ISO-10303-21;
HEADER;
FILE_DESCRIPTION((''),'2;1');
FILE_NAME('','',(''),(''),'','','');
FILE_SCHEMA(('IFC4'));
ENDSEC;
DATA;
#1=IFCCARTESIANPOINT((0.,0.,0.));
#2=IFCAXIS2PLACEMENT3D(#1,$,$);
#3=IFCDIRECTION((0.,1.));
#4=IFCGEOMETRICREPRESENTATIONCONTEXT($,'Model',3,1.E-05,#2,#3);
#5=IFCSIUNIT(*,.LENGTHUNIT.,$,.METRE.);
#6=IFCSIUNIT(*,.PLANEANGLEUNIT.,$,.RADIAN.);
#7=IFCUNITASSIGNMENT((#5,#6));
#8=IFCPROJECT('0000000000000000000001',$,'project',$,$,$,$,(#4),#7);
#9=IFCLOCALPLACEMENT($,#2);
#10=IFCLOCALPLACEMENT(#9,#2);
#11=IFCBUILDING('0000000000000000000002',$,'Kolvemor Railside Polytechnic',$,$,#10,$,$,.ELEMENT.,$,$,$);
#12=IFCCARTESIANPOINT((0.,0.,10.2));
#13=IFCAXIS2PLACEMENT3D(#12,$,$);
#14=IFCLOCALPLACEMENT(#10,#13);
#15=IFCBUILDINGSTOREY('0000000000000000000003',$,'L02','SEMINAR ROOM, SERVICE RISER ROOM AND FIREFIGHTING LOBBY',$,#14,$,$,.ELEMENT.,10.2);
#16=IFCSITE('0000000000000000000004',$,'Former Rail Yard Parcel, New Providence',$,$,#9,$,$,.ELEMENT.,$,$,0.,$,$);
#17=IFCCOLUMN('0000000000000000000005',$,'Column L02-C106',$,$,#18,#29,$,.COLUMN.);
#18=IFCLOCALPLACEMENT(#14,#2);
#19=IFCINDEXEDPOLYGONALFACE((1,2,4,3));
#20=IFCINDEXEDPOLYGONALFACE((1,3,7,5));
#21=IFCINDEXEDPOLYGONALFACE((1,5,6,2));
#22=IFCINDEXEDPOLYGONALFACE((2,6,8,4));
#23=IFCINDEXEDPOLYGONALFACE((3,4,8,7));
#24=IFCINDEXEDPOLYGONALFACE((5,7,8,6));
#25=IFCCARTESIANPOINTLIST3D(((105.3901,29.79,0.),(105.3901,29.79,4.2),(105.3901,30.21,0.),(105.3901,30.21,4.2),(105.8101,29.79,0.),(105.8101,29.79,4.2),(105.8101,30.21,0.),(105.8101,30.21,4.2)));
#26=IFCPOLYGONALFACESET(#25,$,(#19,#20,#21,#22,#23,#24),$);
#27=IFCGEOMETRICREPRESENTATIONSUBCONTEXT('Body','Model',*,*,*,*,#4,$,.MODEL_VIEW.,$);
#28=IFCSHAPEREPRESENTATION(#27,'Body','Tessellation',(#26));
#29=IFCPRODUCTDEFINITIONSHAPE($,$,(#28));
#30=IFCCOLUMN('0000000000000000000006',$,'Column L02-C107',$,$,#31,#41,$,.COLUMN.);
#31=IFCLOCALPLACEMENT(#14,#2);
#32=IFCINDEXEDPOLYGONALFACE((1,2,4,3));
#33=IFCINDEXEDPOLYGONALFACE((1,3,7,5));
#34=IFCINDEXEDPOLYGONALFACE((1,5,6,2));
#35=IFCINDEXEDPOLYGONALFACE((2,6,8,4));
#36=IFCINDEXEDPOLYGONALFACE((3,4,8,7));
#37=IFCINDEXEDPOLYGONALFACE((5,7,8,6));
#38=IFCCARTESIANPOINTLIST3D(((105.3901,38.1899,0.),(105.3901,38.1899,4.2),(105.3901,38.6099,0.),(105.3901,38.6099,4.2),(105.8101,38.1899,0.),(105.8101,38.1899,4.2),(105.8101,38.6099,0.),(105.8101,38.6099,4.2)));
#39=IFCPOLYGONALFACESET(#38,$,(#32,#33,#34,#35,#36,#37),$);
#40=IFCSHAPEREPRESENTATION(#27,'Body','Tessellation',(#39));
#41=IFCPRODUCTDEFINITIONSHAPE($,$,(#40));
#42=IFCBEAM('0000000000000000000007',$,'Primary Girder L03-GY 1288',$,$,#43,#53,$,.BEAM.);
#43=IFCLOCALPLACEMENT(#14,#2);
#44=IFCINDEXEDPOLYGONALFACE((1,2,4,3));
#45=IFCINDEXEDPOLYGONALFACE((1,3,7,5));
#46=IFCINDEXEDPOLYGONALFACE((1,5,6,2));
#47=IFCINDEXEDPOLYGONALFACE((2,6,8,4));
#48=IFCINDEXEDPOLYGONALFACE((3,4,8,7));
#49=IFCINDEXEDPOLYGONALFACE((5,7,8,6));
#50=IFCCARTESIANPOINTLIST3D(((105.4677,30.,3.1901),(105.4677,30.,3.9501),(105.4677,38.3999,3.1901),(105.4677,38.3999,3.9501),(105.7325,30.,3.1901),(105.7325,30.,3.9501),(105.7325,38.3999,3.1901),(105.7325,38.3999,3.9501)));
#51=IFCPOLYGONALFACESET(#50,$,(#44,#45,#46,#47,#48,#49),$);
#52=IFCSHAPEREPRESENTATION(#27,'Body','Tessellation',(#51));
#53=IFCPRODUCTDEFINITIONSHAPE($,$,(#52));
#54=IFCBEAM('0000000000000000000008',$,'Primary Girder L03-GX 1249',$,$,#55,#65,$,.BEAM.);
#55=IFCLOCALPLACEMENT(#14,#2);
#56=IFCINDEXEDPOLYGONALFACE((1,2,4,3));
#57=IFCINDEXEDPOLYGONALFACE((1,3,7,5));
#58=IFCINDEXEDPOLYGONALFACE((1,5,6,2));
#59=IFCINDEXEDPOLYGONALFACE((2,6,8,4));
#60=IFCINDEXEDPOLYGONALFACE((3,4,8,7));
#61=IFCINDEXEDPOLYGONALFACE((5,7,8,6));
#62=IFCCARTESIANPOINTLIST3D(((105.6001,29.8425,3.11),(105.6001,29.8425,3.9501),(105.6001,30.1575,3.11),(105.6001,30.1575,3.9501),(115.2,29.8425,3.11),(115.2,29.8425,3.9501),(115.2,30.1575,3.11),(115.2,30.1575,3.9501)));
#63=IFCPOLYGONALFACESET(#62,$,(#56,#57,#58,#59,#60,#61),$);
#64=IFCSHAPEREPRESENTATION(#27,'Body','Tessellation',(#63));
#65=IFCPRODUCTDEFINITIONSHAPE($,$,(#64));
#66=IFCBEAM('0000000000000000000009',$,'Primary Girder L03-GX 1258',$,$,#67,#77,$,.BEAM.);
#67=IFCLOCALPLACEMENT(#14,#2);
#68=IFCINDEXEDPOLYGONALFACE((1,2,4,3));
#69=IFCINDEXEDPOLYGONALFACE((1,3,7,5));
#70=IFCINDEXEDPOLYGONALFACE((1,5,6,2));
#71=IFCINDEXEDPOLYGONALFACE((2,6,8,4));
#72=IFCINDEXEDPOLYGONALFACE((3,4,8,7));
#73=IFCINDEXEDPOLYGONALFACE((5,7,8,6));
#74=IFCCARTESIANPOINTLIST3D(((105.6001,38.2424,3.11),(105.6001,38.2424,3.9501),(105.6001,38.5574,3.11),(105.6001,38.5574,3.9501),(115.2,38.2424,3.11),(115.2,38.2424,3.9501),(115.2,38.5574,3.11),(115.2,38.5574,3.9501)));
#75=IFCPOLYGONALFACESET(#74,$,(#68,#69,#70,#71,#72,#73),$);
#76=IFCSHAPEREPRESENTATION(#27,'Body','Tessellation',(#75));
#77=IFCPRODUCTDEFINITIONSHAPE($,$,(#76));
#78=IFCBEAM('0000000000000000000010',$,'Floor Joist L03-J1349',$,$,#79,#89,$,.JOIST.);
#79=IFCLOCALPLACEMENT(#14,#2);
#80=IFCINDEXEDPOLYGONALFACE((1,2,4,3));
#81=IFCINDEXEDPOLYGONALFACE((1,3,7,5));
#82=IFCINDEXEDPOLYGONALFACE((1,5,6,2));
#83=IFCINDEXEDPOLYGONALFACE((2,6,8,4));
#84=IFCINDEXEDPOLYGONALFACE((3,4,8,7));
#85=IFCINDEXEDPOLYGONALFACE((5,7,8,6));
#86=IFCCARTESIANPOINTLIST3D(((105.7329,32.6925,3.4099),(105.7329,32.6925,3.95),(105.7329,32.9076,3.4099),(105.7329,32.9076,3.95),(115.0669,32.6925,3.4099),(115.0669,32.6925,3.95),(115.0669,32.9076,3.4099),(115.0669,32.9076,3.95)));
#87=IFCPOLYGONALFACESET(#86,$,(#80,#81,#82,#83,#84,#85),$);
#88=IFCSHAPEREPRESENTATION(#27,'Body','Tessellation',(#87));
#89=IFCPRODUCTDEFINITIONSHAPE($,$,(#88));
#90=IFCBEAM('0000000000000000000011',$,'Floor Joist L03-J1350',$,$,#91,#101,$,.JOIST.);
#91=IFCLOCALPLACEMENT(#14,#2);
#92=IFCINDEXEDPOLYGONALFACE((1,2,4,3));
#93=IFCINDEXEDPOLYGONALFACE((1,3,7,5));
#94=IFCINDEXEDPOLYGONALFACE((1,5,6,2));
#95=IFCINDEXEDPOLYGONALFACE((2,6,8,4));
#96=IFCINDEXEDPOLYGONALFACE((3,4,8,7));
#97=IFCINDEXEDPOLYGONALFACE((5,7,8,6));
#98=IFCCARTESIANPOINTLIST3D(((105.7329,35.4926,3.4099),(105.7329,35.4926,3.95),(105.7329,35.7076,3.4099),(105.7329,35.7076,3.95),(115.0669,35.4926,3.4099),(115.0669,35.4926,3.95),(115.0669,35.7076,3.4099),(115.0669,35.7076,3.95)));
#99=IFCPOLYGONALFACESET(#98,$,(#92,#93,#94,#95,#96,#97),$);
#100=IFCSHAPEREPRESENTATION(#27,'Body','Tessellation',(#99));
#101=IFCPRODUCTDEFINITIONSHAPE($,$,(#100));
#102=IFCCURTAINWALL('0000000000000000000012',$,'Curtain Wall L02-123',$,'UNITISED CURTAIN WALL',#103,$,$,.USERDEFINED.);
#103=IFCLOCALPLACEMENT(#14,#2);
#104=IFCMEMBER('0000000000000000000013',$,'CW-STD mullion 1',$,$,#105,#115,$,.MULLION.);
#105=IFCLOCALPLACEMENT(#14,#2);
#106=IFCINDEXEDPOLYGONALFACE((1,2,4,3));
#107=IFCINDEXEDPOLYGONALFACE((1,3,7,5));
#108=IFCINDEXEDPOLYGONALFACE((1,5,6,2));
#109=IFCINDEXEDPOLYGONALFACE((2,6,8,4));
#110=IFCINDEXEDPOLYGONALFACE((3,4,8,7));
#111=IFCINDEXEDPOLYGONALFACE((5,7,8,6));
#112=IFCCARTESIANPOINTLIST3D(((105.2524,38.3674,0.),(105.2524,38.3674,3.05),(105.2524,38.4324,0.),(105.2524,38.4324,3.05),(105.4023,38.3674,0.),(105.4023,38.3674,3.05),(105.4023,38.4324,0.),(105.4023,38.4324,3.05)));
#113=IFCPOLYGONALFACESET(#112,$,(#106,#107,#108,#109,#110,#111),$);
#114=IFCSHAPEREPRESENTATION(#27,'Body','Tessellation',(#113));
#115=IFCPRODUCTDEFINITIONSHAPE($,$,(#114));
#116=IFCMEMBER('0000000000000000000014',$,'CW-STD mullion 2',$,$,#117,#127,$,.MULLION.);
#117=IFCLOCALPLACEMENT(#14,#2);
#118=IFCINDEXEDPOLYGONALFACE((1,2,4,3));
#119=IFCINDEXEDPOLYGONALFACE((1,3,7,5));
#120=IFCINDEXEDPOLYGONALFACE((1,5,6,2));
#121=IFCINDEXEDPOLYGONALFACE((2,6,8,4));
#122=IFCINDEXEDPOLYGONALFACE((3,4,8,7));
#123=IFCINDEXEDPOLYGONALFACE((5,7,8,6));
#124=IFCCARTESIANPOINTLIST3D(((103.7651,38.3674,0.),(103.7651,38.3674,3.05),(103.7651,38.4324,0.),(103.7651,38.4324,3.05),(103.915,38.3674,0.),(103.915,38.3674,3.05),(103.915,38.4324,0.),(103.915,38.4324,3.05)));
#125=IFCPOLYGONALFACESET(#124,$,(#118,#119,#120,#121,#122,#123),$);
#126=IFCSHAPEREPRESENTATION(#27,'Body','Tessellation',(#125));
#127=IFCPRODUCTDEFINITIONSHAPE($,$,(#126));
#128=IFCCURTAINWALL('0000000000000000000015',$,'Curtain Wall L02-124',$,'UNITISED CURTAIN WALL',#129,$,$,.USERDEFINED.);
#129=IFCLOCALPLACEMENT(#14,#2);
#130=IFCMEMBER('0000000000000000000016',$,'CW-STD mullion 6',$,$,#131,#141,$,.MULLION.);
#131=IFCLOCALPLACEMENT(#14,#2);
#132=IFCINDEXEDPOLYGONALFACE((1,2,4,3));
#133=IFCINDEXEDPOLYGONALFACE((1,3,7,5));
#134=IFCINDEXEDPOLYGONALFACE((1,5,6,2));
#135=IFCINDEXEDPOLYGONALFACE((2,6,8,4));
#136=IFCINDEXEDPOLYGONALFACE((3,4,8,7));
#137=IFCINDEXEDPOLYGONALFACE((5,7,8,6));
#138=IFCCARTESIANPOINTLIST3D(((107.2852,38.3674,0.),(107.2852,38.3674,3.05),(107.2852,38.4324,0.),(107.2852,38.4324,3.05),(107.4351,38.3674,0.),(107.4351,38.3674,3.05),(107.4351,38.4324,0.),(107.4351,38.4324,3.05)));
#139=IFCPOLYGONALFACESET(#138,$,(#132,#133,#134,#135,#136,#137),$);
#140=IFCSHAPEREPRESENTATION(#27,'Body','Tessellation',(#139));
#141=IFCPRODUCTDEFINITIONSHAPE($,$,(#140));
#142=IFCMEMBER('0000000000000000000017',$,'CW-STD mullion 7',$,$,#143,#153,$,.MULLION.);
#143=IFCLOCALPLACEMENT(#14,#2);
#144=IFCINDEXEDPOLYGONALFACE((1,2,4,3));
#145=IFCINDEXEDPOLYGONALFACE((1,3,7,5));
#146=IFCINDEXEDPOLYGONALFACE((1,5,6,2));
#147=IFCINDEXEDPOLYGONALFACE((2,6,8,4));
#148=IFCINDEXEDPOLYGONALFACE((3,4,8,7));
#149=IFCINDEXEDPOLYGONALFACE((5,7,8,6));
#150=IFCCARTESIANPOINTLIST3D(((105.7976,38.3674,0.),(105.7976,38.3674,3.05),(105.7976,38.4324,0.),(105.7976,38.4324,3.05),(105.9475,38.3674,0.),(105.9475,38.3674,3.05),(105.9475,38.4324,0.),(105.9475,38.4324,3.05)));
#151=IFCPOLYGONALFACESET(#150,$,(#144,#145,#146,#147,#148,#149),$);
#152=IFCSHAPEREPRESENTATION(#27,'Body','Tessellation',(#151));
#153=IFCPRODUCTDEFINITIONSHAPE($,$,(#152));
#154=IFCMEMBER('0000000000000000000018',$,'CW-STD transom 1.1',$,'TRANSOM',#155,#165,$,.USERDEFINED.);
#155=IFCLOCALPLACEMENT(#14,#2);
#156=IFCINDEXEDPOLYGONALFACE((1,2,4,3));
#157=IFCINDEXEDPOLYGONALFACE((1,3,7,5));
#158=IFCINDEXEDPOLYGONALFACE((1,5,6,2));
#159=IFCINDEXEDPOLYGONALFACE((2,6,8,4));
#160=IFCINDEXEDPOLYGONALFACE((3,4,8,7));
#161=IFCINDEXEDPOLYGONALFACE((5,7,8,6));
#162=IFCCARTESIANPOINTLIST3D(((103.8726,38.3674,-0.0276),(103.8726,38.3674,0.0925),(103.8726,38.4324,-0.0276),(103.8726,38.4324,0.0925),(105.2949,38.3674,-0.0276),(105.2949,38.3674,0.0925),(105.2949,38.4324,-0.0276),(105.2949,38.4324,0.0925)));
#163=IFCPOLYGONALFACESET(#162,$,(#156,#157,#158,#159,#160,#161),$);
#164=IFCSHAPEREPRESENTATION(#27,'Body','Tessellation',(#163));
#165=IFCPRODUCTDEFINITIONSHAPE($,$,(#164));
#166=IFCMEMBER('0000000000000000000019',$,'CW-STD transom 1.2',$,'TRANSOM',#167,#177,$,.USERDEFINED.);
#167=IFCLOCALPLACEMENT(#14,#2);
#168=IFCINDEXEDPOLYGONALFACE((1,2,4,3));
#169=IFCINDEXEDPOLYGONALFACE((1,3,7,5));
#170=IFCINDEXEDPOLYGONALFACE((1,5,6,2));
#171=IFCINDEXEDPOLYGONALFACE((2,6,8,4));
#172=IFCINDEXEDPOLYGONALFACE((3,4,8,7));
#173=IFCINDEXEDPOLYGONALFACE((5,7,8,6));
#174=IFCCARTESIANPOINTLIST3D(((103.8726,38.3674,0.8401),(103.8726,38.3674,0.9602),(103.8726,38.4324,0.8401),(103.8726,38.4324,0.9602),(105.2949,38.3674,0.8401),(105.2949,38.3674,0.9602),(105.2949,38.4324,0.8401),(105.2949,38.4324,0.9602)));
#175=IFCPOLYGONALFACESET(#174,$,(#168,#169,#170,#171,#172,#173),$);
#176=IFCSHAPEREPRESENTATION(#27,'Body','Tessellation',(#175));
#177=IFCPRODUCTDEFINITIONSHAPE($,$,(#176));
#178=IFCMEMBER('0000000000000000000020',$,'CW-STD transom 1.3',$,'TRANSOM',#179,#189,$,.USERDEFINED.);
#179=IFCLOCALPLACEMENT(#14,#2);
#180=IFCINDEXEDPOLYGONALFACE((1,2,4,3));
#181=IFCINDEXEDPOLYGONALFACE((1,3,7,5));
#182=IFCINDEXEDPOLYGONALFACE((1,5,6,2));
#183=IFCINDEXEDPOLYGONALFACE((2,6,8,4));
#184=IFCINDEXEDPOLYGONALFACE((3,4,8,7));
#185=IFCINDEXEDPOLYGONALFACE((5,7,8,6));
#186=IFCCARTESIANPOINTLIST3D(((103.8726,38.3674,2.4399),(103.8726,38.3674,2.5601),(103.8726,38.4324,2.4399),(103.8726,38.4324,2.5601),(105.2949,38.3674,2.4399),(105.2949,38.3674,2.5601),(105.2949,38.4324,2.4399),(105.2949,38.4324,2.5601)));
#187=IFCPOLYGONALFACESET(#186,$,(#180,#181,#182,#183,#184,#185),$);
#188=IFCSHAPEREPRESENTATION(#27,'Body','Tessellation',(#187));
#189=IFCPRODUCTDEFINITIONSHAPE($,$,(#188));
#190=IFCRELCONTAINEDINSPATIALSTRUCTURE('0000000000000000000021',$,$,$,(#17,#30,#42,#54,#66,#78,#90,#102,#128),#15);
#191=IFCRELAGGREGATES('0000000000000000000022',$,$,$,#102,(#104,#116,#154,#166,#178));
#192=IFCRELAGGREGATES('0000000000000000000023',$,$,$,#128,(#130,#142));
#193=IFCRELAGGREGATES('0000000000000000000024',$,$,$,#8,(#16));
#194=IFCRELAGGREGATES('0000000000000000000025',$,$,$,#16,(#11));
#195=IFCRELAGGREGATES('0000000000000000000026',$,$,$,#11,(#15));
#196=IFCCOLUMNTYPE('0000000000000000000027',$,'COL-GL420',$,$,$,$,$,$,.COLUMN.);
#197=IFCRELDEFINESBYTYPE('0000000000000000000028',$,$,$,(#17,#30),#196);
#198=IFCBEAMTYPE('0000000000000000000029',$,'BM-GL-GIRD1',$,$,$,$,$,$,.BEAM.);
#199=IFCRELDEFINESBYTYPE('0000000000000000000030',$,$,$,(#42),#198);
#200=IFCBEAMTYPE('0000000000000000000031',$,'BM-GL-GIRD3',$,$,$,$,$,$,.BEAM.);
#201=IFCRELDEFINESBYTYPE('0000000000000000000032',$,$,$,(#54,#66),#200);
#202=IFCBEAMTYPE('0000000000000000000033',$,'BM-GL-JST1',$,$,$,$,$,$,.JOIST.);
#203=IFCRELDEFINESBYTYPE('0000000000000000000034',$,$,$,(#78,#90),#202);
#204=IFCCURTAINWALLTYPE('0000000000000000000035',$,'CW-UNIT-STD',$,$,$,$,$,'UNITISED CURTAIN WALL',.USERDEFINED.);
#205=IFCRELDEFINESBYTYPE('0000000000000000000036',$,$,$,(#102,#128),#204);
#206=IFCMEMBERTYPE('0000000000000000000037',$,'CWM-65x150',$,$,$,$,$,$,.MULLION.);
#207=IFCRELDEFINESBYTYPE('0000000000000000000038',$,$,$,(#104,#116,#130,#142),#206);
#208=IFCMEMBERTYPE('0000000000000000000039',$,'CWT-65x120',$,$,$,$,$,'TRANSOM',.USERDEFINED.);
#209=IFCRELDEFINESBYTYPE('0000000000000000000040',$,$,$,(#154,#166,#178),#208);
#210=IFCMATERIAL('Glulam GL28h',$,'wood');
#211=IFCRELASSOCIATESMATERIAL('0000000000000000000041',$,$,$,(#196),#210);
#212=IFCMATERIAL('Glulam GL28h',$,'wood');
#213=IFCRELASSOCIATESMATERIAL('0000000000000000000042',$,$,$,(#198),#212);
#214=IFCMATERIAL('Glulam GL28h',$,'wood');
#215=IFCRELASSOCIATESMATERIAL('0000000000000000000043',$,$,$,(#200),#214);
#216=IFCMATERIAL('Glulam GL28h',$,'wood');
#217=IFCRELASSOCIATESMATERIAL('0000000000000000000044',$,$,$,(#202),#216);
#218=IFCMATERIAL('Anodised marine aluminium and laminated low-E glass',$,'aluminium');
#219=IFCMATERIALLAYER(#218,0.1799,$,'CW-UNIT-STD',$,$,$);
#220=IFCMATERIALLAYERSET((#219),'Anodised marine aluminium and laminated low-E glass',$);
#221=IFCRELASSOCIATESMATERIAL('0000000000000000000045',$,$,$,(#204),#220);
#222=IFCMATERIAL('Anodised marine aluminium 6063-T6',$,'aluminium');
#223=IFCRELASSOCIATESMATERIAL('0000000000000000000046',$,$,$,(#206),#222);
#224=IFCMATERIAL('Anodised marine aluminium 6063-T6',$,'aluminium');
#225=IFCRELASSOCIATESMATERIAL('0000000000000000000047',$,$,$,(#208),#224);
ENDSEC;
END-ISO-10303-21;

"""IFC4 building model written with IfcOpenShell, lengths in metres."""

from ifc_helpers import new_model, si_unit, direction, frame, origin, origin_2d, place, context, subcontext, project, spatial, rectangle, extrude, material, layer, layer_set, material_profile, profile_set, type_object, element, aggregate, save


model = new_model("IFC4")

# Units and contexts
model_context = context("Model", 3, precision=1e-05, world=origin(), true_north=direction((0.0, 1.0)))
body_context = subcontext(model_context, "Body", "Model", "MODEL_VIEW")
ifc_project = project(units=[si_unit("LENGTHUNIT", "METRE"), si_unit("PLANEANGLEUNIT", "RADIAN")], contexts=[model_context])

# Site, building, storey
site_placement = place(None, origin())
site = spatial("IfcSite", under=ifc_project, at=site_placement, Name="Former Rail Yard Parcel, New Providence", CompositionType="ELEMENT", RefElevation=0.0)
building_placement = place(site_placement, origin())
building = spatial("IfcBuilding", under=site, at=building_placement, Name="Kolvemor Railside Polytechnic", CompositionType="ELEMENT")
storey_placement = place(building_placement, frame((0.0, 0.0, 10.2)))
storey = spatial("IfcBuildingStorey", under=building, at=storey_placement, Name="L02", Description="SEMINAR ROOM, SERVICE RISER ROOM AND FIREFIGHTING LOBBY", CompositionType="ELEMENT", Elevation=10.2)

# Columns
ifc_material_1 = material(Name="Glulam GL28h", Category="wood")
ifc_material_profile_1 = material_profile(ifc_material_1, rectangle(XDim=0.4199, YDim=0.4199, at=origin_2d()), Name="GL420x420")
ifc_profile_set_1 = profile_set([ifc_material_profile_1], Name="Glulam GL28h")
column_type = type_object("IfcColumnType", Name="COL-GL420", PredefinedType="COLUMN", material=ifc_profile_set_1)
for number, where, z_axis, x_axis, name in (
    (1, (105.6001, 30.0, 0.0), (0.0, 0.0, 1.0), (1.0, 0.0, 0.0), "Column L02-C106"),
    (2, (105.6001, 38.3999, 0.0), (0.0, 0.0, 1.0), (1.0, 0.0, 0.0), "Column L02-C107"),
):
    element("IfcColumn", number, at=place(storey_placement, frame(where, z_axis=z_axis, x_axis=x_axis)), inside=storey, type_object=column_type, Name=name, PredefinedType="COLUMN", context=body_context, shape_type="SweptSolid", body=[
        extrude(rectangle(XDim=0.4199, YDim=0.4199, at=origin_2d()), origin(), (0.0, 0.0, 1.0), 4.2),
    ])

# Beams
ifc_material_2 = material(Name="Glulam GL28h", Category="wood")
ifc_material_profile_2 = material_profile(ifc_material_2, rectangle(XDim=0.2649, YDim=0.76, at=origin_2d()), Name="GL265x760")
ifc_profile_set_2 = profile_set([ifc_material_profile_2], Name="Glulam GL28h")
beam_type_1 = type_object("IfcBeamType", Name="BM-GL-GIRD1", PredefinedType="BEAM", material=ifc_profile_set_2)
beam_placement = place(storey_placement, frame((105.6001, 30.0, 3.5701), z_axis=(0.0, 1.0, 0.0), x_axis=(-1.0, 0.0, 0.0)))
element("IfcBeam", 3, at=beam_placement, inside=storey, type_object=beam_type_1, Name="Primary Girder L03-GY 1288", PredefinedType="BEAM", context=body_context, shape_type="SweptSolid", body=[
    extrude(rectangle(XDim=0.2649, YDim=0.76, at=origin_2d()), origin(), (0.0, 0.0, 1.0), 8.3999),
])
ifc_material_3 = material(Name="Glulam GL28h", Category="wood")
ifc_material_profile_3 = material_profile(ifc_material_3, rectangle(XDim=0.3149, YDim=0.8401, at=origin_2d()), Name="GL315x840")
ifc_profile_set_3 = profile_set([ifc_material_profile_3], Name="Glulam GL28h")
beam_type_2 = type_object("IfcBeamType", Name="BM-GL-GIRD3", PredefinedType="BEAM", material=ifc_profile_set_3)
for number, where, z_axis, x_axis, name in (
    (4, (105.6001, 30.0, 3.53), (1.0, 0.0, 0.0), (0.0, 1.0, 0.0), "Primary Girder L03-GX 1249"),
    (5, (105.6001, 38.3999, 3.53), (1.0, 0.0, 0.0), (0.0, 1.0, 0.0), "Primary Girder L03-GX 1258"),
):
    element("IfcBeam", number, at=place(storey_placement, frame(where, z_axis=z_axis, x_axis=x_axis)), inside=storey, type_object=beam_type_2, Name=name, PredefinedType="BEAM", context=body_context, shape_type="SweptSolid", body=[
        extrude(rectangle(XDim=0.3149, YDim=0.8401, at=origin_2d()), origin(), (0.0, 0.0, 1.0), 9.5999),
    ])
ifc_material_4 = material(Name="Glulam GL28h", Category="wood")
ifc_material_profile_4 = material_profile(ifc_material_4, rectangle(XDim=0.2151, YDim=0.54, at=origin_2d()), Name="GL215x540")
ifc_profile_set_4 = profile_set([ifc_material_profile_4], Name="Glulam GL28h")
beam_type_3 = type_object("IfcBeamType", Name="BM-GL-JST1", PredefinedType="JOIST", material=ifc_profile_set_4)
for number, where, z_axis, x_axis, name in (
    (6, (105.7329, 32.8, 3.6799), (1.0, 0.0, 0.0), (0.0, 1.0, 0.0), "Floor Joist L03-J1349"),
    (7, (105.7329, 35.6001, 3.6799), (1.0, 0.0, 0.0), (0.0, 1.0, 0.0), "Floor Joist L03-J1350"),
):
    element("IfcBeam", number, at=place(storey_placement, frame(where, z_axis=z_axis, x_axis=x_axis)), inside=storey, type_object=beam_type_3, Name=name, PredefinedType="JOIST", context=body_context, shape_type="SweptSolid", body=[
        extrude(rectangle(XDim=0.2151, YDim=0.54, at=origin_2d()), origin(), (0.0, 0.0, 1.0), 9.334),
    ])

# Curtain walls, members
ifc_material_5 = material(Name="Anodised marine aluminium and laminated low-E glass", Category="aluminium")
ifc_layer_1 = layer(ifc_material_5, 0.1799, Name="CW-UNIT-STD")
ifc_layer_set_1 = layer_set([ifc_layer_1], Name="Anodised marine aluminium and laminated low-E glass")
curtain_wall_type = type_object("IfcCurtainWallType", Name="CW-UNIT-STD", ElementType="UNITISED CURTAIN WALL", PredefinedType="USERDEFINED", material=ifc_layer_set_1)
curtain_wall_1_placement = place(storey_placement, origin())
curtain_wall_1 = element("IfcCurtainWall", 8, at=curtain_wall_1_placement, inside=storey, type_object=curtain_wall_type, Name="Curtain Wall L02-123", ObjectType="UNITISED CURTAIN WALL", PredefinedType="USERDEFINED")
ifc_material_6 = material(Name="Anodised marine aluminium 6063-T6", Category="aluminium")
ifc_material_profile_5 = material_profile(ifc_material_6, rectangle(XDim=0.0649, YDim=0.1499, at=origin_2d()), Name="CW-MUL-65x150")
ifc_profile_set_5 = profile_set([ifc_material_profile_5], Name="Anodised marine aluminium 6063-T6")
member_type_1 = type_object("IfcMemberType", Name="CWM-65x150", PredefinedType="MULLION", material=ifc_profile_set_5)
member_1_placement = place(storey_placement, frame((105.3274, 38.3999, 0.0), z_axis=(0.0, 0.0, 1.0), x_axis=(0.0, -1.0, 0.0)))
member_1 = element("IfcMember", 9, at=member_1_placement, type_object=member_type_1, Name="CW-STD mullion 1", PredefinedType="MULLION", context=body_context, shape_type="SweptSolid", body=[
    extrude(rectangle(XDim=0.0649, YDim=0.1499, at=origin_2d()), origin(), (0.0, 0.0, 1.0), 3.05),
])
member_2_placement = place(storey_placement, frame((103.8401, 38.3999, 0.0), z_axis=(0.0, 0.0, 1.0), x_axis=(0.0, -1.0, 0.0)))
member_2 = element("IfcMember", 10, at=member_2_placement, type_object=member_type_1, Name="CW-STD mullion 2", PredefinedType="MULLION", context=body_context, shape_type="SweptSolid", body=[
    extrude(rectangle(XDim=0.0649, YDim=0.1499, at=origin_2d()), origin(), (0.0, 0.0, 1.0), 3.05),
])
curtain_wall_2_placement = place(storey_placement, origin())
curtain_wall_2 = element("IfcCurtainWall", 11, at=curtain_wall_2_placement, inside=storey, type_object=curtain_wall_type, Name="Curtain Wall L02-124", ObjectType="UNITISED CURTAIN WALL", PredefinedType="USERDEFINED")
member_3_placement = place(storey_placement, frame((107.3601, 38.3999, 0.0), z_axis=(0.0, 0.0, 1.0), x_axis=(0.0, -1.0, 0.0)))
member_3 = element("IfcMember", 12, at=member_3_placement, type_object=member_type_1, Name="CW-STD mullion 6", PredefinedType="MULLION", context=body_context, shape_type="SweptSolid", body=[
    extrude(rectangle(XDim=0.0649, YDim=0.1499, at=origin_2d()), origin(), (0.0, 0.0, 1.0), 3.05),
])
member_4_placement = place(storey_placement, frame((105.8726, 38.3999, 0.0), z_axis=(0.0, 0.0, 1.0), x_axis=(0.0, -1.0, 0.0)))
member_4 = element("IfcMember", 13, at=member_4_placement, type_object=member_type_1, Name="CW-STD mullion 7", PredefinedType="MULLION", context=body_context, shape_type="SweptSolid", body=[
    extrude(rectangle(XDim=0.0649, YDim=0.1499, at=origin_2d()), origin(), (0.0, 0.0, 1.0), 3.05),
])

# Members
ifc_material_7 = material(Name="Anodised marine aluminium 6063-T6", Category="aluminium")
ifc_material_profile_6 = material_profile(ifc_material_7, rectangle(XDim=0.0649, YDim=0.1201, at=origin_2d()), Name="CW-TRN-65x120")
ifc_profile_set_6 = profile_set([ifc_material_profile_6], Name="Anodised marine aluminium 6063-T6")
member_type_2 = type_object("IfcMemberType", Name="CWT-65x120", ElementType="TRANSOM", PredefinedType="USERDEFINED", material=ifc_profile_set_6)
member_5_placement = place(storey_placement, frame((105.2949, 38.3999, 0.0325), z_axis=(-1.0, 0.0, 0.0), x_axis=(0.0, -1.0, 0.0)))
member_5 = element("IfcMember", 14, at=member_5_placement, type_object=member_type_2, Name="CW-STD transom 1.1", ObjectType="TRANSOM", PredefinedType="USERDEFINED", context=body_context, shape_type="SweptSolid", body=[
    extrude(rectangle(XDim=0.0649, YDim=0.1201, at=origin_2d()), origin(), (0.0, 0.0, 1.0), 1.4224),
])
member_6_placement = place(storey_placement, frame((105.2949, 38.3999, 0.9001), z_axis=(-1.0, 0.0, 0.0), x_axis=(0.0, -1.0, 0.0)))
member_6 = element("IfcMember", 15, at=member_6_placement, type_object=member_type_2, Name="CW-STD transom 1.2", ObjectType="TRANSOM", PredefinedType="USERDEFINED", context=body_context, shape_type="SweptSolid", body=[
    extrude(rectangle(XDim=0.0649, YDim=0.1201, at=origin_2d()), origin(), (0.0, 0.0, 1.0), 1.4224),
])
member_7_placement = place(storey_placement, frame((105.2949, 38.3999, 2.5), z_axis=(-1.0, 0.0, 0.0), x_axis=(0.0, -1.0, 0.0)))
member_7 = element("IfcMember", 16, at=member_7_placement, type_object=member_type_2, Name="CW-STD transom 1.3", ObjectType="TRANSOM", PredefinedType="USERDEFINED", context=body_context, shape_type="SweptSolid", body=[
    extrude(rectangle(XDim=0.0649, YDim=0.1201, at=origin_2d()), origin(), (0.0, 0.0, 1.0), 1.4224),
])

aggregate(curtain_wall_1, [member_1, member_2, member_5, member_6, member_7])
aggregate(curtain_wall_2, [member_3, member_4])

save(model, "model.ifc")
